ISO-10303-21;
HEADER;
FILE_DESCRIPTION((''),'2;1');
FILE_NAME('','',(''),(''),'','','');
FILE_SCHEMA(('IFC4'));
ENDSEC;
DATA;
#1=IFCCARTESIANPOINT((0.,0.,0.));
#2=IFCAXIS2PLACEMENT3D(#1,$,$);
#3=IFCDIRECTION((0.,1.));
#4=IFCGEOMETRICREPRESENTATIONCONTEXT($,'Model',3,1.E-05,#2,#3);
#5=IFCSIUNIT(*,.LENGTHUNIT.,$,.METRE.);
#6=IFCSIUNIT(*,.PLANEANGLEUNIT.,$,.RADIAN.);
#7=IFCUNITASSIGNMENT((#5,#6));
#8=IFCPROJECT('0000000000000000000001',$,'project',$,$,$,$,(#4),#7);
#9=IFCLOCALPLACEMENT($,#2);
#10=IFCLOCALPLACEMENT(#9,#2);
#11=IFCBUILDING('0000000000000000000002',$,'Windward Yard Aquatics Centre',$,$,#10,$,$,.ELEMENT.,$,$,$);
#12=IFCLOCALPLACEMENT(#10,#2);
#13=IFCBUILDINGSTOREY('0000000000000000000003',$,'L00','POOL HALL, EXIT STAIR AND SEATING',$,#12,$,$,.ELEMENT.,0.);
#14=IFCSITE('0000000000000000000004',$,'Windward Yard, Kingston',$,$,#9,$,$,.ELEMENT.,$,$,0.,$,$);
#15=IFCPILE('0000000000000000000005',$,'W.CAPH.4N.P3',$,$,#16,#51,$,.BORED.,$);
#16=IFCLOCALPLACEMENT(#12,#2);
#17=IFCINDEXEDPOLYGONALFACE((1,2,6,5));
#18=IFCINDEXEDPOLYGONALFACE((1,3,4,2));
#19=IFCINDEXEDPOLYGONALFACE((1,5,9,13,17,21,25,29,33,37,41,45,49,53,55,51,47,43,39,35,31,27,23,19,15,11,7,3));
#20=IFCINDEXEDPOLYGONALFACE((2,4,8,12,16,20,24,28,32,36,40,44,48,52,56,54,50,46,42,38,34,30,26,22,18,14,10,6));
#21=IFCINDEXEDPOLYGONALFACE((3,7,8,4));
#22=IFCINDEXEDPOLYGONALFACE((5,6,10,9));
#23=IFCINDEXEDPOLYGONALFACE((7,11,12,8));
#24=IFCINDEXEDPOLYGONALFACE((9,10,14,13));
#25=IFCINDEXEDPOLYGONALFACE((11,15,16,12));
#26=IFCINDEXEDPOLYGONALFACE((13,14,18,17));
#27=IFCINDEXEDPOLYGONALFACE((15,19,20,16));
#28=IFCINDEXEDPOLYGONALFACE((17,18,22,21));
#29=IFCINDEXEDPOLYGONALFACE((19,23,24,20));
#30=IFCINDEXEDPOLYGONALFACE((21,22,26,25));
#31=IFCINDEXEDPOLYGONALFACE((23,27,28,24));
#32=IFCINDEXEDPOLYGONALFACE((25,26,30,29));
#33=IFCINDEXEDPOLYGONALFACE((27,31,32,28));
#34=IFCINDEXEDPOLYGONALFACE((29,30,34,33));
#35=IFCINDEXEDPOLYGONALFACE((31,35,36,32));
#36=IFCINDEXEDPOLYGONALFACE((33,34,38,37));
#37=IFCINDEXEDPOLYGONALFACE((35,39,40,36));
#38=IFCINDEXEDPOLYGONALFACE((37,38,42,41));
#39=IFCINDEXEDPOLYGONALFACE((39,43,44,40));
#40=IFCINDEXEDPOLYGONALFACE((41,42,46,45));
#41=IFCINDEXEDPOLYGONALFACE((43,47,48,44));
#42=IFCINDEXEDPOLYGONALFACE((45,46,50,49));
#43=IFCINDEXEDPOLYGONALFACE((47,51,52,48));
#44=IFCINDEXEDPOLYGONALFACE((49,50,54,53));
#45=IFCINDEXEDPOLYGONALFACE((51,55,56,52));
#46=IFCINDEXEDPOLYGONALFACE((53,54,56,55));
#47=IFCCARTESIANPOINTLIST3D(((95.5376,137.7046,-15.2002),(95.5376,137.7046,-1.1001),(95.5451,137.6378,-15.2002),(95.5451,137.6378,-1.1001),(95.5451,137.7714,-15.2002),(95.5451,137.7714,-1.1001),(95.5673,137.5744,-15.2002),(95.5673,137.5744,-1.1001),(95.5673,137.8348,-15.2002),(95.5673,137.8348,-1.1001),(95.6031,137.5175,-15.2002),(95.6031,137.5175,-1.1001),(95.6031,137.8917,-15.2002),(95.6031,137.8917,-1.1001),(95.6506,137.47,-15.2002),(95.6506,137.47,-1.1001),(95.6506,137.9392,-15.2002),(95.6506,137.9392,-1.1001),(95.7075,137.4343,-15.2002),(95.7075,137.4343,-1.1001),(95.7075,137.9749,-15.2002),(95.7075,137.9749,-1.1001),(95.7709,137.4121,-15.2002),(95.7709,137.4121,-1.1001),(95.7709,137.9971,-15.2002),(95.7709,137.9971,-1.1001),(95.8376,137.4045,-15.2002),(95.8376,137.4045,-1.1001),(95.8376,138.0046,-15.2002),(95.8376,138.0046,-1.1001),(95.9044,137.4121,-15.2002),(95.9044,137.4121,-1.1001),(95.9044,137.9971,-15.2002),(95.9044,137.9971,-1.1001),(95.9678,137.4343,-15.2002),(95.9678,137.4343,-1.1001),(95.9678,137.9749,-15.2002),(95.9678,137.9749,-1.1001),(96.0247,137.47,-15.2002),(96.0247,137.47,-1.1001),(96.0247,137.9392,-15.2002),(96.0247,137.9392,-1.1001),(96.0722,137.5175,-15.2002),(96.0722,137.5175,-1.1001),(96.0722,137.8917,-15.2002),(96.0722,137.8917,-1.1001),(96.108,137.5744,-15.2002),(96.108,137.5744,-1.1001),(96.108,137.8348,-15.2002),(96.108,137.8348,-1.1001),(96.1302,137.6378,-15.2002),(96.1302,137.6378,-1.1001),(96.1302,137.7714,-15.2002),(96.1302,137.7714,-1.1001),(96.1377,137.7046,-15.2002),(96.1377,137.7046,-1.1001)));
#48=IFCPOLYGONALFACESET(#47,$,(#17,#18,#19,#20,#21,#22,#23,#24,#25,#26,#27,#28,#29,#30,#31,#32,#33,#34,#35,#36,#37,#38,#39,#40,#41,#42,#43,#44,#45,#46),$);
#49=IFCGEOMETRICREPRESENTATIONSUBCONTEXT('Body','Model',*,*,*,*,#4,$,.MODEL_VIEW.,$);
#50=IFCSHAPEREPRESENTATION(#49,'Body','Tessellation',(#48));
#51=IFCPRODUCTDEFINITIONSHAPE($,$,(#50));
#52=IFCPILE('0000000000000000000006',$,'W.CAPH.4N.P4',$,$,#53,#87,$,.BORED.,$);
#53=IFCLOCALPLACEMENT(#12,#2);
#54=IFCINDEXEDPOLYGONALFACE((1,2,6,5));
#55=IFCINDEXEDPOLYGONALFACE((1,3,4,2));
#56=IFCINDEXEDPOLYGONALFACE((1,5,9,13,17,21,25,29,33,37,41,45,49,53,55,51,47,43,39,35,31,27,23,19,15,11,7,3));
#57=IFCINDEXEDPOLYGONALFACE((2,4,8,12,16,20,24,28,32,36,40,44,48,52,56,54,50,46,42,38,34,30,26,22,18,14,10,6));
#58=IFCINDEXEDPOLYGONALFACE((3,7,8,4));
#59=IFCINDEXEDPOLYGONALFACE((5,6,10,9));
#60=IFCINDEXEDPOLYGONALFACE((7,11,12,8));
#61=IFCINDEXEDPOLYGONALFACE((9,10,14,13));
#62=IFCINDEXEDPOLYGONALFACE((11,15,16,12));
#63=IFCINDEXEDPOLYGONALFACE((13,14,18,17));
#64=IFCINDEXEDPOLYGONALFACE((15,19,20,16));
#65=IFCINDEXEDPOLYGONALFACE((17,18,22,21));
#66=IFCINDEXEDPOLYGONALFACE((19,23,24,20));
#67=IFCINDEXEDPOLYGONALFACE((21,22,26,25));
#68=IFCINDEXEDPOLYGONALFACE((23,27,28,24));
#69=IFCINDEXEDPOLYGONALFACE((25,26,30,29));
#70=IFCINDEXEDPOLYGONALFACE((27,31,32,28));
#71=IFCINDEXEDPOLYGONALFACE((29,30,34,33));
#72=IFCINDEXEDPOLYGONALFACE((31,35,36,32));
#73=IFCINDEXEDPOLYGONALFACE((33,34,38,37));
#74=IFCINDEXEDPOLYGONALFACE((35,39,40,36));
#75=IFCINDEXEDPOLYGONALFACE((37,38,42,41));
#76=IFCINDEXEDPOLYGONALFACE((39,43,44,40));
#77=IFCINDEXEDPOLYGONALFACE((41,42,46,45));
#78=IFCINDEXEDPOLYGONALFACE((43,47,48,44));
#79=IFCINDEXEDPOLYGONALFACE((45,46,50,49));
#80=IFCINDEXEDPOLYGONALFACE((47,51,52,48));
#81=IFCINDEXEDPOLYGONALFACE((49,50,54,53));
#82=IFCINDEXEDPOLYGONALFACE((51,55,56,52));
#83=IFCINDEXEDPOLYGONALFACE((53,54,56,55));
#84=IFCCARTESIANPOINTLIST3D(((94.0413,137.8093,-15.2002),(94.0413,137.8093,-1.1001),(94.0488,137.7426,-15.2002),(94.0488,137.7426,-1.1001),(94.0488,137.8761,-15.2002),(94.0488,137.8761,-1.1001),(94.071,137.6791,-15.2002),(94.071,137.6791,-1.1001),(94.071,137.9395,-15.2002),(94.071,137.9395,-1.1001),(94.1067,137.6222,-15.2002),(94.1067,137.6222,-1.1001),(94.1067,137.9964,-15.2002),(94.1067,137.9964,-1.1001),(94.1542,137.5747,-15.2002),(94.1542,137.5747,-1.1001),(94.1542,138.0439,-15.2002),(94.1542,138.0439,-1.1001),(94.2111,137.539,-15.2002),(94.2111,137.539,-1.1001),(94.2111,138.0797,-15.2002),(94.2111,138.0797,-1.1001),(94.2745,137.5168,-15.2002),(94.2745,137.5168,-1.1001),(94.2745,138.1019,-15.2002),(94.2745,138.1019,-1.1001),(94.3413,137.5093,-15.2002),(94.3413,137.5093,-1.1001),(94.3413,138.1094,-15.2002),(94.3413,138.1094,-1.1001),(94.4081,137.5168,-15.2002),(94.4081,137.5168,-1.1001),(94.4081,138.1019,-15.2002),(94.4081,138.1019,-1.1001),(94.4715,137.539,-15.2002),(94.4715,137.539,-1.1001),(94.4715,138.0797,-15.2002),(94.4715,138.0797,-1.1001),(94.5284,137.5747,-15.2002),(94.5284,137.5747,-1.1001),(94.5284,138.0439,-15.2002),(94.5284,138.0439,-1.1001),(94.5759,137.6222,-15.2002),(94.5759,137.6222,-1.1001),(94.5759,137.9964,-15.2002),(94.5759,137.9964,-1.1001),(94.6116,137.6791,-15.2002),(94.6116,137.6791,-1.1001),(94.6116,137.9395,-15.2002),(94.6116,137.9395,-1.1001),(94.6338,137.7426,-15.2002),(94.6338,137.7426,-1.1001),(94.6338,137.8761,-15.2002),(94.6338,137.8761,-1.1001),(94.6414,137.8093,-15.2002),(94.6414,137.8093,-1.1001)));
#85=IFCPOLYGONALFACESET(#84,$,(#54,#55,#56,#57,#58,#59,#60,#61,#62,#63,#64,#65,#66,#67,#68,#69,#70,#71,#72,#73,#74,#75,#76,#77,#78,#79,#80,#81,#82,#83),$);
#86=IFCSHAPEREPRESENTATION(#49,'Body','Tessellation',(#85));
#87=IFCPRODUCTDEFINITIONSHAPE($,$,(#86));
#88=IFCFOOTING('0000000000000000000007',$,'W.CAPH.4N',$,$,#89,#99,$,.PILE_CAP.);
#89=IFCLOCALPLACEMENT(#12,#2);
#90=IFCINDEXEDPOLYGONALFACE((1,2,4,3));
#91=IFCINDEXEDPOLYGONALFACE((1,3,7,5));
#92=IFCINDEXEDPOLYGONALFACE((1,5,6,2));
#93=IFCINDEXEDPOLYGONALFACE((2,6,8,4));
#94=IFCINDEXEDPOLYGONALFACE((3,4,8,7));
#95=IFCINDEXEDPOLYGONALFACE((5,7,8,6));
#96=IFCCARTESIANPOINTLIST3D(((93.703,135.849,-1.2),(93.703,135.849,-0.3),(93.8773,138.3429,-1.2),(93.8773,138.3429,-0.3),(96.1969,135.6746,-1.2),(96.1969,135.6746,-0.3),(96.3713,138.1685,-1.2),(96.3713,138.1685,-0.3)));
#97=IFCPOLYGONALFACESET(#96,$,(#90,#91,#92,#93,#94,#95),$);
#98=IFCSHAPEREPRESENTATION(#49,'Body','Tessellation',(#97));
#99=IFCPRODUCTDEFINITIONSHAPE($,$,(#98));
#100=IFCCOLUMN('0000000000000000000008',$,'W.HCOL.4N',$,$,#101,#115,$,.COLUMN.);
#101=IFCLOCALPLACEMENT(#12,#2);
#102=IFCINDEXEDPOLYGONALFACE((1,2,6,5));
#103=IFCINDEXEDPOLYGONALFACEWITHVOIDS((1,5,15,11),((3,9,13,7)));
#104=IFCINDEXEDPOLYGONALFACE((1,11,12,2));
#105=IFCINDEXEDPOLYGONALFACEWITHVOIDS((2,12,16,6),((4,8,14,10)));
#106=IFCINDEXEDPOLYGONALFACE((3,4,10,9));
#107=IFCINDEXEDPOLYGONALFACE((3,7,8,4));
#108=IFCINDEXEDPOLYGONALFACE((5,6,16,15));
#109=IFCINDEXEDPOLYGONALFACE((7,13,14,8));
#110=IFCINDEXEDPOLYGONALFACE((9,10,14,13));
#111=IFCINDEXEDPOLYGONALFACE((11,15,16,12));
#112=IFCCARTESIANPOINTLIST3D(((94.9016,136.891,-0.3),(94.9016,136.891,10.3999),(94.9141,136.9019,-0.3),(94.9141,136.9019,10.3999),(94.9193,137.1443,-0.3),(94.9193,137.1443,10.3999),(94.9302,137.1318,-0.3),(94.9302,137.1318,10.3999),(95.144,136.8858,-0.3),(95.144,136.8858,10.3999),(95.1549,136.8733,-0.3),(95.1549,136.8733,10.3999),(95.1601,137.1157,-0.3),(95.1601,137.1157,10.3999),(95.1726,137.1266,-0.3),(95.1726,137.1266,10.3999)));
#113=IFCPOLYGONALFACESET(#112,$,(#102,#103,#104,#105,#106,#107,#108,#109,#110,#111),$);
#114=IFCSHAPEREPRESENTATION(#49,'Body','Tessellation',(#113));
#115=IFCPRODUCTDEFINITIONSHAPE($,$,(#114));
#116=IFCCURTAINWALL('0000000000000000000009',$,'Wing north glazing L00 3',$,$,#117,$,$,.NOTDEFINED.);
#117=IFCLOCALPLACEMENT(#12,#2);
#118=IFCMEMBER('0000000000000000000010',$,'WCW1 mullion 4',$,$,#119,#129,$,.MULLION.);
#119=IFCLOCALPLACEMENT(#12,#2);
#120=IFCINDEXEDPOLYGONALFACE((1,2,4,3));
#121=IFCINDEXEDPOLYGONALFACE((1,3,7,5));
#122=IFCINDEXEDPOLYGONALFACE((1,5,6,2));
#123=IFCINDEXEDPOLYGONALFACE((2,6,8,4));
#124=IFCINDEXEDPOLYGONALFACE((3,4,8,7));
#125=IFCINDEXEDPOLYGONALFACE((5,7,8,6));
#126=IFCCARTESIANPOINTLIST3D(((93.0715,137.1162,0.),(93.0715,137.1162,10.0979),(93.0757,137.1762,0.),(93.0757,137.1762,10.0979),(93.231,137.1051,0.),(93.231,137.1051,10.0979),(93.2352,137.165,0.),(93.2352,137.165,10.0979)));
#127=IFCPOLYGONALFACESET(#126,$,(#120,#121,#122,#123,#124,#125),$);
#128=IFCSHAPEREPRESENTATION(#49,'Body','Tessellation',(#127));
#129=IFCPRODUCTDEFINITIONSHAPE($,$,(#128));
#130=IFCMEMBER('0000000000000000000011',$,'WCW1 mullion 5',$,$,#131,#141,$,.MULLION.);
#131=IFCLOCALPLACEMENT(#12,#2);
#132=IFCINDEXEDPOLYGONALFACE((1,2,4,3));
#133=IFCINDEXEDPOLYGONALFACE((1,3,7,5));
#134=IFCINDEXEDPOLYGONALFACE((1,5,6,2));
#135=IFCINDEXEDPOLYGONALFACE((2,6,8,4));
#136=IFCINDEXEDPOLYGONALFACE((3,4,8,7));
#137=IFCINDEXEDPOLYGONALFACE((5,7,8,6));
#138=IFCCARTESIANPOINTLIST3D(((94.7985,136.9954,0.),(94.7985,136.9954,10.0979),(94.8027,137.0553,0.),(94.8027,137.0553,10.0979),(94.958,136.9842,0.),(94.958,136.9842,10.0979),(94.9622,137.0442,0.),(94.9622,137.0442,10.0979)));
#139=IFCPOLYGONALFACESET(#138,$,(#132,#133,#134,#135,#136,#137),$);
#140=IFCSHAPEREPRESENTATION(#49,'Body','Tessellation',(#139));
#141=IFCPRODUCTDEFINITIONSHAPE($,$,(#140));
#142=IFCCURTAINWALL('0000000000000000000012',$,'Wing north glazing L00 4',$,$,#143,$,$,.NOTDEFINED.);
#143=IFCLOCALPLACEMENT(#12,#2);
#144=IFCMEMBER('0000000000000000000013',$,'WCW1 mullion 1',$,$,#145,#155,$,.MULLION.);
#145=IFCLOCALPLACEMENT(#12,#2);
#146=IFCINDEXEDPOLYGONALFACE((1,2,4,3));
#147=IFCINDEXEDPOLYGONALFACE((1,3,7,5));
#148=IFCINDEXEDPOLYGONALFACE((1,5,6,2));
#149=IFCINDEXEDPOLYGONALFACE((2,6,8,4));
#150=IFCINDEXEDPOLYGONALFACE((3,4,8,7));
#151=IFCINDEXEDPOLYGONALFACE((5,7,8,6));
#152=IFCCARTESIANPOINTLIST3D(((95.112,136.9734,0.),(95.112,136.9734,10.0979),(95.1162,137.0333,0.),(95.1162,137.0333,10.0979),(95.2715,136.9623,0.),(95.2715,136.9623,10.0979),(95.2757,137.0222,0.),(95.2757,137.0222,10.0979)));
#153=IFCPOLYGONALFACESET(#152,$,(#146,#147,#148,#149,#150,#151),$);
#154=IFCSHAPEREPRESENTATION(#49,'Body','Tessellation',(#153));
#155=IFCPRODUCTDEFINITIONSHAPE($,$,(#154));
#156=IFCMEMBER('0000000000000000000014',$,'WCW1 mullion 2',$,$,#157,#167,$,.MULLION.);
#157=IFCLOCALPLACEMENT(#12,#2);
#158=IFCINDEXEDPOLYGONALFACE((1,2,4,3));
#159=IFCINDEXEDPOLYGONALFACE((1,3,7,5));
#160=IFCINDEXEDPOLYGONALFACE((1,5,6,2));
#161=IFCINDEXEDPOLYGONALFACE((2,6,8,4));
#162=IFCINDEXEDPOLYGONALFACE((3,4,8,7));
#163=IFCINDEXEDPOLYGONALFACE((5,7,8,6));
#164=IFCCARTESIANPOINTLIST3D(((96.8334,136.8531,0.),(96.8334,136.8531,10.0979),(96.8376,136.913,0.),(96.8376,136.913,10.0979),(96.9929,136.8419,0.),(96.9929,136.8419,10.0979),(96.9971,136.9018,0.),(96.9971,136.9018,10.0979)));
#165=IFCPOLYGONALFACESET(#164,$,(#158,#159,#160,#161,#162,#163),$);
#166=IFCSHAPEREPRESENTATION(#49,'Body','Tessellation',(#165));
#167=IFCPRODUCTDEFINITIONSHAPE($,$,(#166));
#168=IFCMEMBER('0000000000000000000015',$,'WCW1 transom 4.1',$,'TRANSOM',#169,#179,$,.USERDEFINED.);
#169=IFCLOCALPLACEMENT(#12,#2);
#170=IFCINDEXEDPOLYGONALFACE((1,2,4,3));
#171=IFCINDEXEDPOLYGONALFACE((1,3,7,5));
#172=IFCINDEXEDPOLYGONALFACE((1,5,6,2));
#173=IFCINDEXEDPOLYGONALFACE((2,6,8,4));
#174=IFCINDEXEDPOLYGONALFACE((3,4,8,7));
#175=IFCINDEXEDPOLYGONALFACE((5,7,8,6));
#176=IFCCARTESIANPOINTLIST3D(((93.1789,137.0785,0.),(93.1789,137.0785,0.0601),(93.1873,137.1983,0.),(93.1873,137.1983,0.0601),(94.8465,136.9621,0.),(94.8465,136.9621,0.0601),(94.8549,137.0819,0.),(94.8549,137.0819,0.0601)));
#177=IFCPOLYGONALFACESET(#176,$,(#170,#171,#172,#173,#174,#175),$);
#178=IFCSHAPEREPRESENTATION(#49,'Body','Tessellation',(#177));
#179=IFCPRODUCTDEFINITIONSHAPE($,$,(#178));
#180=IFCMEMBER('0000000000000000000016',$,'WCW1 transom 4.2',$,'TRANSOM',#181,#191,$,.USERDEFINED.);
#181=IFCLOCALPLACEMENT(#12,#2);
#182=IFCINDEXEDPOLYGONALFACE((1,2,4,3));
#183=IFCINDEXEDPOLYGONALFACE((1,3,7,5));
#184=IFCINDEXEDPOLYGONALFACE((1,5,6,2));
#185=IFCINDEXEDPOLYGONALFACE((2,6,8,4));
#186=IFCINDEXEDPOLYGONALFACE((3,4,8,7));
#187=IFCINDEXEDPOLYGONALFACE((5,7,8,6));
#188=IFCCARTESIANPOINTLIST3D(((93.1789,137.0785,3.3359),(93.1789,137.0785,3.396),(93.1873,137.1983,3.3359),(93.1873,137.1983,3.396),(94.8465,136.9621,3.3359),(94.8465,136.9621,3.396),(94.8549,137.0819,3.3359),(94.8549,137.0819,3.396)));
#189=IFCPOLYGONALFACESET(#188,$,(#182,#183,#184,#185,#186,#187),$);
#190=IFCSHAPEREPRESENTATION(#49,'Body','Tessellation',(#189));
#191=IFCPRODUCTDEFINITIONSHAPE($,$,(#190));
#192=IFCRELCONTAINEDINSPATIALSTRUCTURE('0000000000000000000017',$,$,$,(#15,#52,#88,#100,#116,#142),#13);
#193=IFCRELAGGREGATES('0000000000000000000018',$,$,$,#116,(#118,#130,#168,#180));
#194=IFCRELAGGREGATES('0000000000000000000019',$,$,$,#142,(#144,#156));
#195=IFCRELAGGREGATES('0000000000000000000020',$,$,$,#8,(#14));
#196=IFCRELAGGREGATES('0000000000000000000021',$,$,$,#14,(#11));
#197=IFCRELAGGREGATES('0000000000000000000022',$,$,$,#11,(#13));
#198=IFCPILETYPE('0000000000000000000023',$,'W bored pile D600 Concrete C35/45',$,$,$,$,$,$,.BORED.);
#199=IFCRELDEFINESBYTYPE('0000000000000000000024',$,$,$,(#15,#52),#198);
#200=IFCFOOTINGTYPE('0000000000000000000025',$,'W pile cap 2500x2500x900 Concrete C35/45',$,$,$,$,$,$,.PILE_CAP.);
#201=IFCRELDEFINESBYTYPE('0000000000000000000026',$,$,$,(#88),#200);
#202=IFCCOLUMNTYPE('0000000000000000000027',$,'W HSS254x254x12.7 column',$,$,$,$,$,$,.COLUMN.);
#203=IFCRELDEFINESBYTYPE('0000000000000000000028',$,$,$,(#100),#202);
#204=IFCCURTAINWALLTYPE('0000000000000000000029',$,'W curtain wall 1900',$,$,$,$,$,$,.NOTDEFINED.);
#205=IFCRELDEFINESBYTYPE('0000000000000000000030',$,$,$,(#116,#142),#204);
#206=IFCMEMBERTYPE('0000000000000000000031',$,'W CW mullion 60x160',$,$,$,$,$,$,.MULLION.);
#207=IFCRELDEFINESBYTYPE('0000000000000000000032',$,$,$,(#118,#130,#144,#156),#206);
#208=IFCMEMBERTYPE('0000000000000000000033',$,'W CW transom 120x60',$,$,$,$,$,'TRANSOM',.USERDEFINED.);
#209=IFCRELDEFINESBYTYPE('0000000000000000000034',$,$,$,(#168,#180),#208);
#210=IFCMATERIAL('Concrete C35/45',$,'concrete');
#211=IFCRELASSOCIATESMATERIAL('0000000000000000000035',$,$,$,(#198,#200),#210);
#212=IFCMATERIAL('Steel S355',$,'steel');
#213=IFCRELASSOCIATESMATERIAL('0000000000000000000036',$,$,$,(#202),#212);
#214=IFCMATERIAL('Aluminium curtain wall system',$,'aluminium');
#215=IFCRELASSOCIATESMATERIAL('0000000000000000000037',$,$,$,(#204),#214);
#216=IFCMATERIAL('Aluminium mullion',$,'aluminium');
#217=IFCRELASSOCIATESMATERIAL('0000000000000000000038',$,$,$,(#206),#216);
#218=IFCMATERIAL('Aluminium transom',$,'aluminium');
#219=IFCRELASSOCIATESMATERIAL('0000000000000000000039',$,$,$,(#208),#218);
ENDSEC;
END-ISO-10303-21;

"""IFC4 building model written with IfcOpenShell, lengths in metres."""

from ifc_helpers import new_model, si_unit, direction, frame, origin, origin_2d, place, context, subcontext, project, spatial, rectangle, hollow_rectangle, circle, extrude, material, material_profile, profile_set, type_object, element, aggregate, save


model = new_model("IFC4")

# Units and contexts
model_context = context("Model", 3, precision=1e-05, world=origin(), true_north=direction((0.0, 1.0)))
body_context = subcontext(model_context, "Body", "Model", "MODEL_VIEW")
ifc_project = project(units=[si_unit("LENGTHUNIT", "METRE"), si_unit("PLANEANGLEUNIT", "RADIAN")], contexts=[model_context])

# Site, building, storey
site_placement = place(None, origin())
site = spatial("IfcSite", under=ifc_project, at=site_placement, Name="Windward Yard, Kingston", CompositionType="ELEMENT", RefElevation=0.0)
building_placement = place(site_placement, origin())
building = spatial("IfcBuilding", under=site, at=building_placement, Name="Windward Yard Aquatics Centre", CompositionType="ELEMENT")
storey_placement = place(building_placement, origin())
storey = spatial("IfcBuildingStorey", under=building, at=storey_placement, Name="L00", Description="POOL HALL, EXIT STAIR AND SEATING", CompositionType="ELEMENT", Elevation=0.0)

# Piles
ifc_material_1 = material(Name="Concrete C35/45", Category="concrete")
ifc_material_profile_1 = material_profile(ifc_material_1, circle(Radius=0.3, at=origin_2d()), Name="D600")
ifc_profile_set_1 = profile_set([ifc_material_profile_1], Name="Concrete C35/45")
pile_type = type_object("IfcPileType", Name="W bored pile D600 Concrete C35/45", PredefinedType="BORED", material=ifc_profile_set_1)
for number, where, z_axis, x_axis, name in (
    (1, (95.8376, 137.7046, -1.1001), (0.0, 0.0, -1.0), (1.0, 0.0, 0.0), "W.CAPH.4N.P3"),
    (2, (94.3413, 137.8093, -1.1001), (0.0, 0.0, -1.0), (1.0, 0.0, 0.0), "W.CAPH.4N.P4"),
):
    element("IfcPile", number, at=place(storey_placement, frame(where, z_axis=z_axis, x_axis=x_axis)), inside=storey, type_object=pile_type, Name=name, PredefinedType="BORED", context=body_context, shape_type="SweptSolid", body=[
        extrude(circle(Radius=0.3, at=origin_2d()), origin(), (0.0, 0.0, 1.0), 14.1001),
    ])

# Footing
footing_type = type_object("IfcFootingType", Name="W pile cap 2500x2500x900 Concrete C35/45", PredefinedType="PILE_CAP", material=ifc_material_1)
footing_placement = place(storey_placement, frame((95.0371, 137.0088, -1.2), z_axis=(0.0, 0.0, 1.0), x_axis=(0.997564, -0.069756, 0.0)))
element("IfcFooting", 3, at=footing_placement, inside=storey, type_object=footing_type, Name="W.CAPH.4N", PredefinedType="PILE_CAP", context=body_context, shape_type="SweptSolid", body=[
    extrude(rectangle(XDim=2.5, YDim=2.5, at=origin_2d()), origin(), (0.0, 0.0, 1.0), 0.8999),
])

# Column
ifc_material_2 = material(Name="Steel S355", Category="steel")
ifc_material_profile_2 = material_profile(ifc_material_2, hollow_rectangle(XDim=0.2539, YDim=0.2539, WallThickness=0.0117, at=origin_2d()), Name="HSS254x254x12.7")
ifc_profile_set_2 = profile_set([ifc_material_profile_2], Name="Steel S355")
column_type = type_object("IfcColumnType", Name="W HSS254x254x12.7 column", PredefinedType="COLUMN", material=ifc_profile_set_2)
column_placement = place(storey_placement, frame((95.0371, 137.0088, -0.3), z_axis=(0.0, 0.0, 1.0), x_axis=(0.997564, -0.069756, 0.0)))
element("IfcColumn", 4, at=column_placement, inside=storey, type_object=column_type, Name="W.HCOL.4N", PredefinedType="COLUMN", context=body_context, shape_type="SweptSolid", body=[
    extrude(hollow_rectangle(XDim=0.2539, YDim=0.2539, WallThickness=0.0117, at=origin_2d()), origin(), (0.0, 0.0, 1.0), 10.7),
])

# Curtain walls, members
ifc_material_3 = material(Name="Aluminium curtain wall system", Category="aluminium")
curtain_wall_type = type_object("IfcCurtainWallType", Name="W curtain wall 1900", PredefinedType="NOTDEFINED", material=ifc_material_3)
curtain_wall_1_placement = place(storey_placement, origin())
curtain_wall_1 = element("IfcCurtainWall", 5, at=curtain_wall_1_placement, inside=storey, type_object=curtain_wall_type, Name="Wing north glazing L00 3", PredefinedType="NOTDEFINED")
ifc_material_4 = material(Name="Aluminium mullion", Category="aluminium")
ifc_material_profile_3 = material_profile(ifc_material_4, rectangle(XDim=0.0601, YDim=0.1599, at=origin_2d()), Name="AL 60x160")
ifc_profile_set_3 = profile_set([ifc_material_profile_3], Name="Aluminium mullion")
member_type_1 = type_object("IfcMemberType", Name="W CW mullion 60x160", PredefinedType="MULLION", material=ifc_profile_set_3)
member_1_placement = place(storey_placement, frame((93.1533, 137.1406, 0.0), z_axis=(0.0, 0.0, 1.0), x_axis=(0.069756, 0.997564, 0.0)))
member_1 = element("IfcMember", 6, at=member_1_placement, type_object=member_type_1, Name="WCW1 mullion 4", PredefinedType="MULLION", context=body_context, shape_type="SweptSolid", body=[
    extrude(rectangle(XDim=0.0601, YDim=0.1599, at=origin_2d()), origin(), (0.0, 0.0, 1.0), 10.0979),
])
member_2_placement = place(storey_placement, frame((94.8804, 137.0198, 0.0), z_axis=(0.0, 0.0, 1.0), x_axis=(0.069756, 0.997564, 0.0)))
member_2 = element("IfcMember", 7, at=member_2_placement, type_object=member_type_1, Name="WCW1 mullion 5", PredefinedType="MULLION", context=body_context, shape_type="SweptSolid", body=[
    extrude(rectangle(XDim=0.0601, YDim=0.1599, at=origin_2d()), origin(), (0.0, 0.0, 1.0), 10.0979),
])
curtain_wall_2_placement = place(storey_placement, origin())
curtain_wall_2 = element("IfcCurtainWall", 8, at=curtain_wall_2_placement, inside=storey, type_object=curtain_wall_type, Name="Wing north glazing L00 4", PredefinedType="NOTDEFINED")
member_3_placement = place(storey_placement, frame((95.1938, 136.9978, 0.0), z_axis=(0.0, 0.0, 1.0), x_axis=(0.069756, 0.997564, 0.0)))
member_3 = element("IfcMember", 9, at=member_3_placement, type_object=member_type_1, Name="WCW1 mullion 1", PredefinedType="MULLION", context=body_context, shape_type="SweptSolid", body=[
    extrude(rectangle(XDim=0.0601, YDim=0.1599, at=origin_2d()), origin(), (0.0, 0.0, 1.0), 10.0979),
])
member_4_placement = place(storey_placement, frame((96.9153, 136.8774, 0.0), z_axis=(0.0, 0.0, 1.0), x_axis=(0.069756, 0.997564, 0.0)))
member_4 = element("IfcMember", 10, at=member_4_placement, type_object=member_type_1, Name="WCW1 mullion 2", PredefinedType="MULLION", context=body_context, shape_type="SweptSolid", body=[
    extrude(rectangle(XDim=0.0601, YDim=0.1599, at=origin_2d()), origin(), (0.0, 0.0, 1.0), 10.0979),
])

# Members
ifc_material_5 = material(Name="Aluminium transom", Category="aluminium")
ifc_material_profile_4 = material_profile(ifc_material_5, rectangle(XDim=0.1201, YDim=0.0601, at=origin_2d()), Name="AL 120x60")
ifc_profile_set_4 = profile_set([ifc_material_profile_4], Name="Aluminium transom")
member_type_2 = type_object("IfcMemberType", Name="W CW transom 120x60", ElementType="TRANSOM", PredefinedType="USERDEFINED", material=ifc_profile_set_4)
member_5_placement = place(storey_placement, frame((93.1831, 137.1384, 0.03), z_axis=(0.99757, -0.069669, 0.0), x_axis=(0.069669, 0.99757, 0.0)))
member_5 = element("IfcMember", 11, at=member_5_placement, type_object=member_type_2, Name="WCW1 transom 4.1", ObjectType="TRANSOM", PredefinedType="USERDEFINED", context=body_context, shape_type="SweptSolid", body=[
    extrude(rectangle(XDim=0.1201, YDim=0.0601, at=origin_2d()), origin(), (0.0, 0.0, 1.0), 1.6716),
])
member_6_placement = place(storey_placement, frame((93.1831, 137.1384, 3.366), z_axis=(0.99757, -0.069669, 0.0), x_axis=(0.069669, 0.99757, 0.0)))
member_6 = element("IfcMember", 12, at=member_6_placement, type_object=member_type_2, Name="WCW1 transom 4.2", ObjectType="TRANSOM", PredefinedType="USERDEFINED", context=body_context, shape_type="SweptSolid", body=[
    extrude(rectangle(XDim=0.1201, YDim=0.0601, at=origin_2d()), origin(), (0.0, 0.0, 1.0), 1.6716),
])

aggregate(curtain_wall_1, [member_1, member_2, member_5, member_6])
aggregate(curtain_wall_2, [member_3, member_4])

save(model, "model.ifc")
